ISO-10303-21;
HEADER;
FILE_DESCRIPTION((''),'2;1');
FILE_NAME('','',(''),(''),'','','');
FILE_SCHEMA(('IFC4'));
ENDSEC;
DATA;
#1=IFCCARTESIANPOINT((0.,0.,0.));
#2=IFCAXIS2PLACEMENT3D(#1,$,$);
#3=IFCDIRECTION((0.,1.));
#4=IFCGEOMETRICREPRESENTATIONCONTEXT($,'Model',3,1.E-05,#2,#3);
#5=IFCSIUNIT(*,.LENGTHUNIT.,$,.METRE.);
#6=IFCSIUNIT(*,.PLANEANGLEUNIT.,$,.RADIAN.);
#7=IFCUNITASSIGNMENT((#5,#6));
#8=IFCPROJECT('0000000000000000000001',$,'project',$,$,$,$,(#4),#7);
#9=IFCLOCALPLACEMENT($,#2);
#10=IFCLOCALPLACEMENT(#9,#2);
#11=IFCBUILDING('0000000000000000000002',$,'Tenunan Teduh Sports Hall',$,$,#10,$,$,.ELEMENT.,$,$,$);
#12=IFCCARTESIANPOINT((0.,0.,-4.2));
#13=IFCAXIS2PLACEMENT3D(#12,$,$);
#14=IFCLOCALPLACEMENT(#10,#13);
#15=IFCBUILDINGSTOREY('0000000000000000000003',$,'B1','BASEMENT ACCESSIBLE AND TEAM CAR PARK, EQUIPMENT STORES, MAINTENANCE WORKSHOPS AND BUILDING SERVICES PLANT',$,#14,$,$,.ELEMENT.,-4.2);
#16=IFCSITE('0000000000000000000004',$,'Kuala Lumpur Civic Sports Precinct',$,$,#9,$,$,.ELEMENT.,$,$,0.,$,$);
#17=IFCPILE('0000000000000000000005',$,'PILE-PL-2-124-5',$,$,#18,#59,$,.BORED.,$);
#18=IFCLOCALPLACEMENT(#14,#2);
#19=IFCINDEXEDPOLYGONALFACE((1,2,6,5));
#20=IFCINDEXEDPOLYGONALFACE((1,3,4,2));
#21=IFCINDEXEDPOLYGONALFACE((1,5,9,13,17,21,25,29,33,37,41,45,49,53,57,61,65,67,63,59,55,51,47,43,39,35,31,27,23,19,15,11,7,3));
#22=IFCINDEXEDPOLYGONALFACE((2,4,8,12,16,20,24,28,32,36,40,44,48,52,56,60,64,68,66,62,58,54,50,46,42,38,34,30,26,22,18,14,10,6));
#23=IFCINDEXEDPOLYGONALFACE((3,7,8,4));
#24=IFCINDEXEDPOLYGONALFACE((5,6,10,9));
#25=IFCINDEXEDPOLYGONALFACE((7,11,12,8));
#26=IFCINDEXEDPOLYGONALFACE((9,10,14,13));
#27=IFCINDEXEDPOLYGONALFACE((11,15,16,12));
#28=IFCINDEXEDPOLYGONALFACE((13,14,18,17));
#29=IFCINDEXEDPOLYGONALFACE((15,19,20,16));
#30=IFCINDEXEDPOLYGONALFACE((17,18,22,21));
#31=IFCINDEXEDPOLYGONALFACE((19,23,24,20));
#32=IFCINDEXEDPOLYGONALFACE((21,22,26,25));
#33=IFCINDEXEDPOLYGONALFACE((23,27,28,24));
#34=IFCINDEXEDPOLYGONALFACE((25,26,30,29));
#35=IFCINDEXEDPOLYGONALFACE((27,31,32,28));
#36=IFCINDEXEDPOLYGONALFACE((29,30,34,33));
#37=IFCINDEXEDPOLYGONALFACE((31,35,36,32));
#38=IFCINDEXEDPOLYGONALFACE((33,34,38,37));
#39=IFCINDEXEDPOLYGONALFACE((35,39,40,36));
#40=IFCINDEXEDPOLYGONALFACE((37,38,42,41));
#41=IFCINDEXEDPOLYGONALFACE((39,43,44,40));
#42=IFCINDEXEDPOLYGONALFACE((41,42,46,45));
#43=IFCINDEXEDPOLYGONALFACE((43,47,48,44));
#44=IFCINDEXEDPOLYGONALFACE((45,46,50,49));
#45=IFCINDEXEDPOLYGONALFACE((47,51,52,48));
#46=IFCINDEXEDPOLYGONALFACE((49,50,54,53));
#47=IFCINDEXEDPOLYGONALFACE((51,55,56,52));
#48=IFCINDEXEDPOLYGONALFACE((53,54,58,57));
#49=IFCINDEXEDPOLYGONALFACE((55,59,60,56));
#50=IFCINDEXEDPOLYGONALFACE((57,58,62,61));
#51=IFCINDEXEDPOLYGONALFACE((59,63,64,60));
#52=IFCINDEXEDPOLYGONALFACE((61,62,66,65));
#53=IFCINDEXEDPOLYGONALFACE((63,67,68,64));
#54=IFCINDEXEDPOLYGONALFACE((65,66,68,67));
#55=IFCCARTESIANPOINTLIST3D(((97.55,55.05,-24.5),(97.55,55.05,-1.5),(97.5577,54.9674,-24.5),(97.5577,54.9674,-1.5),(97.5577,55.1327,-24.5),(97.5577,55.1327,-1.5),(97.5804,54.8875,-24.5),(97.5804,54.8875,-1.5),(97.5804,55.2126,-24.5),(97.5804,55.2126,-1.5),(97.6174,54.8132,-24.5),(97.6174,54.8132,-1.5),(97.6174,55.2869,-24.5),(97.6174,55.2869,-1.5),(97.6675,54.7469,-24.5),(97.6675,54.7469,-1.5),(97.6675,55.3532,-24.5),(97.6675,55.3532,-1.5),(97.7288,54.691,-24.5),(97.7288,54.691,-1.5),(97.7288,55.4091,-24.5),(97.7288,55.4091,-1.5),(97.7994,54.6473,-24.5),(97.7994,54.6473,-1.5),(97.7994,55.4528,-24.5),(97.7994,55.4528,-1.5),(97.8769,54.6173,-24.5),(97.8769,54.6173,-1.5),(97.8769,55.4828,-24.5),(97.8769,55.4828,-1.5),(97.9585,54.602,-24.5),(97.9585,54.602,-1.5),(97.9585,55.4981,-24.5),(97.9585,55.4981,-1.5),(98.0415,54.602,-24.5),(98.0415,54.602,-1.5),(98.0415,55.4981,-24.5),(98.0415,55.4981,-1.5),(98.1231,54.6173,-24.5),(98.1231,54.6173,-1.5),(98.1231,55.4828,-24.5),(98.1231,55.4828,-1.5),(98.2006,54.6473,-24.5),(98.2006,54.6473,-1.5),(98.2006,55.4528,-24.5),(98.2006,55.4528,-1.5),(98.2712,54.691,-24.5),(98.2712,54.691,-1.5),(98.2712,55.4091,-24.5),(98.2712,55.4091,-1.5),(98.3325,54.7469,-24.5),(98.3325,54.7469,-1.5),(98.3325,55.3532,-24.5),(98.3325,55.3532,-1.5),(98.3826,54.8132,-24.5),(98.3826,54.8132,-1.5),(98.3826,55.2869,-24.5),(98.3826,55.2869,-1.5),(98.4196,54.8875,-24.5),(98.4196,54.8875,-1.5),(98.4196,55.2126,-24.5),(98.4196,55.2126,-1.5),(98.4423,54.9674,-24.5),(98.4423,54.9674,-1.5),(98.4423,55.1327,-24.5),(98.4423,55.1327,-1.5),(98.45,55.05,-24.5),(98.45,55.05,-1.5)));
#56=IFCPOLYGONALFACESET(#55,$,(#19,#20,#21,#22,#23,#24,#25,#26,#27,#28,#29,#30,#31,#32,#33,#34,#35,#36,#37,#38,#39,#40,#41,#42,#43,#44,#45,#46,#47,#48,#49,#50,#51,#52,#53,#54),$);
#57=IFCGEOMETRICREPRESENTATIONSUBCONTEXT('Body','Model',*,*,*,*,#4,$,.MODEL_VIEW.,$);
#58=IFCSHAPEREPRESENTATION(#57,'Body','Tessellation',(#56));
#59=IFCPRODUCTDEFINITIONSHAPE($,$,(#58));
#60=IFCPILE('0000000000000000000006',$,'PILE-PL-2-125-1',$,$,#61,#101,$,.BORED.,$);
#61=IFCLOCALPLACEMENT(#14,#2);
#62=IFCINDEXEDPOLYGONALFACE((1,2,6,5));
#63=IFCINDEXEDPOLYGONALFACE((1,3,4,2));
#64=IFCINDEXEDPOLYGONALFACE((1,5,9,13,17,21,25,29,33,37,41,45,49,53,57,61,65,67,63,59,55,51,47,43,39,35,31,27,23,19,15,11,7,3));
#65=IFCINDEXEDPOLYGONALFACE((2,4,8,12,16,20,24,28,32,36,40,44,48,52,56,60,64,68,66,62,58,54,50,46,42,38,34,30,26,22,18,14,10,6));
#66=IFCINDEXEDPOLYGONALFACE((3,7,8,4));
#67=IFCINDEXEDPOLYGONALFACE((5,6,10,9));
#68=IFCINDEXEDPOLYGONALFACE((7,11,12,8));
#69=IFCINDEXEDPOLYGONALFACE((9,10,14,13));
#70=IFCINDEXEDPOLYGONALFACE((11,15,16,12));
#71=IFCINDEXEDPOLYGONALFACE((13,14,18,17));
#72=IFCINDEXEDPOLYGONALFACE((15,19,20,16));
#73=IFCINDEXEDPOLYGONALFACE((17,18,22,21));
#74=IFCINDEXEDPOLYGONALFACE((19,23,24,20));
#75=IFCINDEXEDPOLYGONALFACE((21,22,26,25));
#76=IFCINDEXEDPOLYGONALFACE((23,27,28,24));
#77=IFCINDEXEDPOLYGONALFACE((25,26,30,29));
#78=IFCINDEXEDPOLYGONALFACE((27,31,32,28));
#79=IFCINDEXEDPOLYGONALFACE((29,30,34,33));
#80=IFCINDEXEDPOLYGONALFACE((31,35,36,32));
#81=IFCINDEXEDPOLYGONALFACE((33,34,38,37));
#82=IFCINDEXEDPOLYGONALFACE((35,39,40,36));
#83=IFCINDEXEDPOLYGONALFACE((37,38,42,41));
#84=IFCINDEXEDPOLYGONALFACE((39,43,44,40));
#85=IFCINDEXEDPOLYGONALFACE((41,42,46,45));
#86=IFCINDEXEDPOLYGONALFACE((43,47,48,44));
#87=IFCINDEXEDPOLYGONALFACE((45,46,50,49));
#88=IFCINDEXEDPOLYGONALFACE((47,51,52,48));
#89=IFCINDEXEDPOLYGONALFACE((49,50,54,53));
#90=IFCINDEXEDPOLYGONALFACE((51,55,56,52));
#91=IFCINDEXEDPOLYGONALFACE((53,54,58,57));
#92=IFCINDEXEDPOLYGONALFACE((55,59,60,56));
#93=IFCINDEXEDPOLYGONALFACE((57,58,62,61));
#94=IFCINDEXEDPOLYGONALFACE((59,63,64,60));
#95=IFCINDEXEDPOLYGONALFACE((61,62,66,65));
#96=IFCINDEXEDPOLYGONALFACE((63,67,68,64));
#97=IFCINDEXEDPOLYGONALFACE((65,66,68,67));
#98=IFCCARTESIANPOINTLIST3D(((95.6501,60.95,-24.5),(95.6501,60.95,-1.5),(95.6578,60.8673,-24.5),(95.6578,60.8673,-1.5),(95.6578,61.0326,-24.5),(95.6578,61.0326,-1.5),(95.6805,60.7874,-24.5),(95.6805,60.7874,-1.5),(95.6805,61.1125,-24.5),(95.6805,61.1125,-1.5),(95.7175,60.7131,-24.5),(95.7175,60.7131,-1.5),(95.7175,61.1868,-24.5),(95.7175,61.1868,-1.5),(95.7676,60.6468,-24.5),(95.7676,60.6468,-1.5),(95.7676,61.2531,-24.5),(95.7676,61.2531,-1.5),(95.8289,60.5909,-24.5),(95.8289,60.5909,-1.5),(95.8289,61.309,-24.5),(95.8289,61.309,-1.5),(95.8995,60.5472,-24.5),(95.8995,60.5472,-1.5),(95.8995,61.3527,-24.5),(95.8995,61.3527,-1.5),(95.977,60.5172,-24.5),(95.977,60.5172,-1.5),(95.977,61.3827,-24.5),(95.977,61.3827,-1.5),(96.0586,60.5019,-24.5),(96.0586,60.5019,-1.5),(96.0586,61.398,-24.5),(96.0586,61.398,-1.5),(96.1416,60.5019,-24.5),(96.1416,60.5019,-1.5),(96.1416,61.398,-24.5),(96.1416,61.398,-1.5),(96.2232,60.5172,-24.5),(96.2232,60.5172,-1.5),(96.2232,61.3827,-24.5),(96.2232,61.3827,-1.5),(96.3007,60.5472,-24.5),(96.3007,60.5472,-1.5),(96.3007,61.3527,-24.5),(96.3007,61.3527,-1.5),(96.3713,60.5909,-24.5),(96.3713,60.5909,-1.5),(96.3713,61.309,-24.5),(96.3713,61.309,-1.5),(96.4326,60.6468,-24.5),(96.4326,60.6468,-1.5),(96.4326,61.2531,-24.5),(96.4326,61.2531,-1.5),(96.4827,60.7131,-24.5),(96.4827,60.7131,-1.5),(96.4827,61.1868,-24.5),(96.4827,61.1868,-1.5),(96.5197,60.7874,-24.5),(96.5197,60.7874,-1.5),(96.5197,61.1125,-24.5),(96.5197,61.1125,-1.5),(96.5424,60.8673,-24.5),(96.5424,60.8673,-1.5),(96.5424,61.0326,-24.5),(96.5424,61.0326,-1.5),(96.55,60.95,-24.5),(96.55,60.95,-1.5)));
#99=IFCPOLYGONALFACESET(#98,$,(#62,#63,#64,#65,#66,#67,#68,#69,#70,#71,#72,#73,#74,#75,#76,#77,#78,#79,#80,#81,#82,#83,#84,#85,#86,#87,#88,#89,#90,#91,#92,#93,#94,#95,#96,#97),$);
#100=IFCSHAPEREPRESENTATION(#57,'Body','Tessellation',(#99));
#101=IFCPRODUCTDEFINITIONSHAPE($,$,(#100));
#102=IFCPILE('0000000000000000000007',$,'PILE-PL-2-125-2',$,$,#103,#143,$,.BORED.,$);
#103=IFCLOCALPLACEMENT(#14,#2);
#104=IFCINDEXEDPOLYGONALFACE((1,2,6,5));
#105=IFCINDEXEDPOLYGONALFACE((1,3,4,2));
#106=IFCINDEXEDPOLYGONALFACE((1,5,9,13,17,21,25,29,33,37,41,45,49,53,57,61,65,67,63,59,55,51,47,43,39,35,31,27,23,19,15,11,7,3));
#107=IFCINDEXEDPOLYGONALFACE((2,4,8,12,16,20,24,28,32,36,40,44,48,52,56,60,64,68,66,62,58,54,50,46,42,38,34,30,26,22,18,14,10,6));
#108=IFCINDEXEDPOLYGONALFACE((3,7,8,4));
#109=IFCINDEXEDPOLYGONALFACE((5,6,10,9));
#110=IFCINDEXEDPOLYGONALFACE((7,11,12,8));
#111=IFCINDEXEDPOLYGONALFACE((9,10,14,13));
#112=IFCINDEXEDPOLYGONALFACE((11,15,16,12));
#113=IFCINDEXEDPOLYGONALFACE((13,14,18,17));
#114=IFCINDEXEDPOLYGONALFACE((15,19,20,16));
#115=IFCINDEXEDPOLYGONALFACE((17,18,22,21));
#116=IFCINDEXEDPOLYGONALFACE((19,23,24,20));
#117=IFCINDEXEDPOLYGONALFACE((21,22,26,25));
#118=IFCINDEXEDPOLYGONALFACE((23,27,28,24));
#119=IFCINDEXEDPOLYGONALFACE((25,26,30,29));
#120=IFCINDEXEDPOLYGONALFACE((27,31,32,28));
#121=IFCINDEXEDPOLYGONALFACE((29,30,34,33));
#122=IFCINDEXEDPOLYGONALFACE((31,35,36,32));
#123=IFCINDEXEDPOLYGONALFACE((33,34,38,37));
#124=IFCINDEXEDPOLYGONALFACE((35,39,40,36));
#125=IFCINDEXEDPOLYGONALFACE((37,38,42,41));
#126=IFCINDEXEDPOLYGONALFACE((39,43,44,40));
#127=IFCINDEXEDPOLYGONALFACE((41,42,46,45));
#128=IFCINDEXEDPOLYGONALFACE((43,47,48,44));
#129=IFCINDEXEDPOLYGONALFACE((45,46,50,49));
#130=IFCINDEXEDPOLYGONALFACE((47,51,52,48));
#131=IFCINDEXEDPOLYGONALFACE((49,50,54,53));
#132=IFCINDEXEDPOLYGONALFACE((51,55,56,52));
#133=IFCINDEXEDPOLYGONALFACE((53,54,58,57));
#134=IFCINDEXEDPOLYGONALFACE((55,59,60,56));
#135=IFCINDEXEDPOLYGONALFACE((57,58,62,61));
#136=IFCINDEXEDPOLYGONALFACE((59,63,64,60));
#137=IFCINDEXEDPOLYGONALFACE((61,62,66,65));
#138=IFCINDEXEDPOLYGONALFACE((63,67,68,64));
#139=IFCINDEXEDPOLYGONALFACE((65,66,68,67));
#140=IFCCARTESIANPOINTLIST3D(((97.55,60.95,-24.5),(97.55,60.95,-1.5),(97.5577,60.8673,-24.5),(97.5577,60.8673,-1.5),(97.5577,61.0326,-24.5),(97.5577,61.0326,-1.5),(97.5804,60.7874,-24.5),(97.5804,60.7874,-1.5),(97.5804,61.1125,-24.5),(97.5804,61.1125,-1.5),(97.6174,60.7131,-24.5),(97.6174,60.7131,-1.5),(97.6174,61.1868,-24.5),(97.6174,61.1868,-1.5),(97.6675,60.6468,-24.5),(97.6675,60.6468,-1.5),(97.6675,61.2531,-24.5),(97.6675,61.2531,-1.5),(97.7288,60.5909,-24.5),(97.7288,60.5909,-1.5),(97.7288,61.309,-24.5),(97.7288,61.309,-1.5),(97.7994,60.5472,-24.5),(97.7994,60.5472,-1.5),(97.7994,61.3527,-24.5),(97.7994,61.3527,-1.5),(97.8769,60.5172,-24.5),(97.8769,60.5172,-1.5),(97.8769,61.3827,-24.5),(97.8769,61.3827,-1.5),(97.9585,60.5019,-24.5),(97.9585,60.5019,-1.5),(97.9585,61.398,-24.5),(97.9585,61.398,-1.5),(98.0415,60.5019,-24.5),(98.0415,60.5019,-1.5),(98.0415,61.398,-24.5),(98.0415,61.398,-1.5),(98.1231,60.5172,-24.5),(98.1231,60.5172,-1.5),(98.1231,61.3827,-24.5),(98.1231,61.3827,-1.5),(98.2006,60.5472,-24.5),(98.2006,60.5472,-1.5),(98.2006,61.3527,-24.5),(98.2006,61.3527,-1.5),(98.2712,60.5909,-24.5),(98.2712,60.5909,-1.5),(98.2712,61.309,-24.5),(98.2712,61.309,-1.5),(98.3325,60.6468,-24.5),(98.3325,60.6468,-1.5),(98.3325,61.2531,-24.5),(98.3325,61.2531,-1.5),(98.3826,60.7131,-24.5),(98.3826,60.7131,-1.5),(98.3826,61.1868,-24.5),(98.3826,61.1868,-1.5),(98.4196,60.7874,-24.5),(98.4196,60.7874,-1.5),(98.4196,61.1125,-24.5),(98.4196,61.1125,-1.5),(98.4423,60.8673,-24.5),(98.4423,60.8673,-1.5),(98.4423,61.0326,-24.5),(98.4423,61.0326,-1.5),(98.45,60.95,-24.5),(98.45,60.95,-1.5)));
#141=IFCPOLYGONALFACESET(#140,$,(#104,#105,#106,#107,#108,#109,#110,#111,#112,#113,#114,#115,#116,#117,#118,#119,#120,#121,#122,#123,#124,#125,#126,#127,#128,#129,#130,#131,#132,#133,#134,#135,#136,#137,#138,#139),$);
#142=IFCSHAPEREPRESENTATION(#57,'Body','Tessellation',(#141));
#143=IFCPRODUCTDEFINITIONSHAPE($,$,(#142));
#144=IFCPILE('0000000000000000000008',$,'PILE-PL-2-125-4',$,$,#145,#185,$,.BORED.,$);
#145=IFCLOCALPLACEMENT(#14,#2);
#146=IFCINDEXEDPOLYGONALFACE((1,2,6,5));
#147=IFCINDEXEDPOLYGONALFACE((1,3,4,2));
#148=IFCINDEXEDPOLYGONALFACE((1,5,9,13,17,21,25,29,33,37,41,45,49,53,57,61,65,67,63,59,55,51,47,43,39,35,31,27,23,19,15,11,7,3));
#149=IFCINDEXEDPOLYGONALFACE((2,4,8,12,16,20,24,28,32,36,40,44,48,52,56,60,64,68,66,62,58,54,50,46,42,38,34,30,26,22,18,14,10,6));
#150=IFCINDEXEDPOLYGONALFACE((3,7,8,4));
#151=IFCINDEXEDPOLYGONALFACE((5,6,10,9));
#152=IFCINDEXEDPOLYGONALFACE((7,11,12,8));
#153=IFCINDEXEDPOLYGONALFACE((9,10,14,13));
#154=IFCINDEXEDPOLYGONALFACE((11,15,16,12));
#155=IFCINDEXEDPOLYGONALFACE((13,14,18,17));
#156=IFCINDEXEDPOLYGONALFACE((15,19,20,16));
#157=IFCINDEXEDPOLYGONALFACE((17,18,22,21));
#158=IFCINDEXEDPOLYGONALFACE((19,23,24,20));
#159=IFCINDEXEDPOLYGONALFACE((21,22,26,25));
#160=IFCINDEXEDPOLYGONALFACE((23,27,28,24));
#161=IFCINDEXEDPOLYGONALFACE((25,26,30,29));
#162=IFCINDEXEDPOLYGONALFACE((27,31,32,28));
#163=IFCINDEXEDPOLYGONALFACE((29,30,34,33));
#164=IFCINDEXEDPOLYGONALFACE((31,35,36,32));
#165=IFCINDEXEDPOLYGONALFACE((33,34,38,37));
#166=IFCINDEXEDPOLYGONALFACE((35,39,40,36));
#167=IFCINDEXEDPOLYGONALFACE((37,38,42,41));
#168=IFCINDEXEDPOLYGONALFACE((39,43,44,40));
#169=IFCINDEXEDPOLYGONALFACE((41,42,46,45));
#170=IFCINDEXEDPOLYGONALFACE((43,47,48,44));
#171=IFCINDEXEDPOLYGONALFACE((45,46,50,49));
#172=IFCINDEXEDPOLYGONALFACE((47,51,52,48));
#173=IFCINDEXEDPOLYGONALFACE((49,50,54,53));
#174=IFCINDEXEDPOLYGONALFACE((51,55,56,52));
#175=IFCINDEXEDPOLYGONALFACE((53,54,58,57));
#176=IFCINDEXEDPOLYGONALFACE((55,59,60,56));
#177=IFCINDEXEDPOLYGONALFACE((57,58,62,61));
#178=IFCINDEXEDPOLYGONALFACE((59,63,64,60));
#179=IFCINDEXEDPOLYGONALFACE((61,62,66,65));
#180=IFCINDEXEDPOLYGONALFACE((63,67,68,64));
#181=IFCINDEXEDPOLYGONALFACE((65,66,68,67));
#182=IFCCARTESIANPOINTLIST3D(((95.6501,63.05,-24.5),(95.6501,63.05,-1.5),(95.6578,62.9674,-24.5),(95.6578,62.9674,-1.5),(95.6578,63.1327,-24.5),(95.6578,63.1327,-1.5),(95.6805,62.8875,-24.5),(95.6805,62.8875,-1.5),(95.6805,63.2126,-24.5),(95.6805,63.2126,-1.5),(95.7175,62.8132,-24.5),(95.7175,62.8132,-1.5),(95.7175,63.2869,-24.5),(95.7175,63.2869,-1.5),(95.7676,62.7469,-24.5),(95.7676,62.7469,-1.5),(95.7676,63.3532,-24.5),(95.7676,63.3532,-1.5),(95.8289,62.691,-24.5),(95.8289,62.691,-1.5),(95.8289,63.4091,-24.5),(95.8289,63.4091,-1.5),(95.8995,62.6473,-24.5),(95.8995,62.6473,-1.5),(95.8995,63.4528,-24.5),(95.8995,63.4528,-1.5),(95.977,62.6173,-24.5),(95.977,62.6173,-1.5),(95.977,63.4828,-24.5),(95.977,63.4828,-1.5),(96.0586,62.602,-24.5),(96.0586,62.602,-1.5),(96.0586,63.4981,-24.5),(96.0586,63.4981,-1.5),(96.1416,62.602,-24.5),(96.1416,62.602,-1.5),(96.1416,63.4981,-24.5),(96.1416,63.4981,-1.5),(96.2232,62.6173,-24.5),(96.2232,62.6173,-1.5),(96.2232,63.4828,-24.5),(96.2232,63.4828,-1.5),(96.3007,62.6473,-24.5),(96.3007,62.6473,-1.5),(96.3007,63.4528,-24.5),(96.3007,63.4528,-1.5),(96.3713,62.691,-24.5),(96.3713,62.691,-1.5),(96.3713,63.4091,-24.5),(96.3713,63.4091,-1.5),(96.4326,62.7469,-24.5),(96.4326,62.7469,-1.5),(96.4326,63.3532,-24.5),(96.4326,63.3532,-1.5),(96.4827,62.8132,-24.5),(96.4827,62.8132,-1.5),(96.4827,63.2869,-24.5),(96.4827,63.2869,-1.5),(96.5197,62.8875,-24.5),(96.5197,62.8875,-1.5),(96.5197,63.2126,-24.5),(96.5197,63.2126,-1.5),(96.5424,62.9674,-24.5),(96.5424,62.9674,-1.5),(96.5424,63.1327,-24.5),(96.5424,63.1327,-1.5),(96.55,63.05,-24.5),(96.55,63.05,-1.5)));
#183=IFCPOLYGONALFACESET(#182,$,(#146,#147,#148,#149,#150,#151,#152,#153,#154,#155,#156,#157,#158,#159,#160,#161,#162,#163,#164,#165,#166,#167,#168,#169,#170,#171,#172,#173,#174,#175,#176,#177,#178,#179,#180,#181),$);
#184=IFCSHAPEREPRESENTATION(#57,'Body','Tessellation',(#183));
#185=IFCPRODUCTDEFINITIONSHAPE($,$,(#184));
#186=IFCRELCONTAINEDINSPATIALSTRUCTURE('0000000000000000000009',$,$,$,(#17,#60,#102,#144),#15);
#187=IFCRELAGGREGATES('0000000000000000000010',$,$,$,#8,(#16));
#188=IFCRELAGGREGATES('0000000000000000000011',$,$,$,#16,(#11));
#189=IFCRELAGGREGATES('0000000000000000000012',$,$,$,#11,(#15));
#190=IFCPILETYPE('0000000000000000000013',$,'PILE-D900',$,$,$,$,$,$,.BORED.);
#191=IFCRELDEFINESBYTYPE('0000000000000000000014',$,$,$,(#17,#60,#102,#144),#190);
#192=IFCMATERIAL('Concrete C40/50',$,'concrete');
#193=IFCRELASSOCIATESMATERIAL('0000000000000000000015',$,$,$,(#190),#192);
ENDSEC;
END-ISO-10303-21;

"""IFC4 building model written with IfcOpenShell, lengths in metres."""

from ifc_helpers import new_model, si_unit, direction, frame, origin, origin_2d, place, context, subcontext, project, spatial, circle, extrude, material, material_profile, profile_set, type_object, element, save


model = new_model("IFC4")

# Units and contexts
model_context = context("Model", 3, precision=1e-05, world=origin(), true_north=direction((0.0, 1.0)))
body_context = subcontext(model_context, "Body", "Model", "MODEL_VIEW")
ifc_project = project(units=[si_unit("LENGTHUNIT", "METRE"), si_unit("PLANEANGLEUNIT", "RADIAN")], contexts=[model_context])

# Site, building, storey
site_placement = place(None, origin())
site = spatial("IfcSite", under=ifc_project, at=site_placement, Name="Kuala Lumpur Civic Sports Precinct", CompositionType="ELEMENT", RefElevation=0.0)
building_placement = place(site_placement, origin())
building = spatial("IfcBuilding", under=site, at=building_placement, Name="Tenunan Teduh Sports Hall", CompositionType="ELEMENT")
storey_placement = place(building_placement, frame((0.0, 0.0, -4.2)))
storey = spatial("IfcBuildingStorey", under=building, at=storey_placement, Name="B1", Description="BASEMENT ACCESSIBLE AND TEAM CAR PARK, EQUIPMENT STORES, MAINTENANCE WORKSHOPS AND BUILDING SERVICES PLANT", CompositionType="ELEMENT", Elevation=-4.2)

# Piles
ifc_material_1 = material(Name="Concrete C40/50", Category="concrete")
ifc_material_profile_1 = material_profile(ifc_material_1, circle(Radius=0.45, at=origin_2d()), Name="PILE D900")
ifc_profile_set_1 = profile_set([ifc_material_profile_1], Name="Concrete C40/50")
pile_type = type_object("IfcPileType", Name="PILE-D900", PredefinedType="BORED", material=ifc_profile_set_1)
for number, where, z_axis, x_axis, name in (
    (1, (98.0, 55.05, -1.5), (0.0, 0.0, -1.0), (1.0, 0.0, 0.0), "PILE-PL-2-124-5"),
    (2, (96.1001, 60.95, -1.5), (0.0, 0.0, -1.0), (1.0, 0.0, 0.0), "PILE-PL-2-125-1"),
    (3, (98.0, 60.95, -1.5), (0.0, 0.0, -1.0), (1.0, 0.0, 0.0), "PILE-PL-2-125-2"),
    (4, (96.1001, 63.05, -1.5), (0.0, 0.0, -1.0), (1.0, 0.0, 0.0), "PILE-PL-2-125-4"),
):
    element("IfcPile", number, at=place(storey_placement, frame(where, z_axis=z_axis, x_axis=x_axis)), inside=storey, type_object=pile_type, Name=name, PredefinedType="BORED", context=body_context, shape_type="SweptSolid", body=[
        extrude(circle(Radius=0.45, at=origin_2d()), origin(), (0.0, 0.0, 1.0), 23.0),
    ])

save(model, "model.ifc")
